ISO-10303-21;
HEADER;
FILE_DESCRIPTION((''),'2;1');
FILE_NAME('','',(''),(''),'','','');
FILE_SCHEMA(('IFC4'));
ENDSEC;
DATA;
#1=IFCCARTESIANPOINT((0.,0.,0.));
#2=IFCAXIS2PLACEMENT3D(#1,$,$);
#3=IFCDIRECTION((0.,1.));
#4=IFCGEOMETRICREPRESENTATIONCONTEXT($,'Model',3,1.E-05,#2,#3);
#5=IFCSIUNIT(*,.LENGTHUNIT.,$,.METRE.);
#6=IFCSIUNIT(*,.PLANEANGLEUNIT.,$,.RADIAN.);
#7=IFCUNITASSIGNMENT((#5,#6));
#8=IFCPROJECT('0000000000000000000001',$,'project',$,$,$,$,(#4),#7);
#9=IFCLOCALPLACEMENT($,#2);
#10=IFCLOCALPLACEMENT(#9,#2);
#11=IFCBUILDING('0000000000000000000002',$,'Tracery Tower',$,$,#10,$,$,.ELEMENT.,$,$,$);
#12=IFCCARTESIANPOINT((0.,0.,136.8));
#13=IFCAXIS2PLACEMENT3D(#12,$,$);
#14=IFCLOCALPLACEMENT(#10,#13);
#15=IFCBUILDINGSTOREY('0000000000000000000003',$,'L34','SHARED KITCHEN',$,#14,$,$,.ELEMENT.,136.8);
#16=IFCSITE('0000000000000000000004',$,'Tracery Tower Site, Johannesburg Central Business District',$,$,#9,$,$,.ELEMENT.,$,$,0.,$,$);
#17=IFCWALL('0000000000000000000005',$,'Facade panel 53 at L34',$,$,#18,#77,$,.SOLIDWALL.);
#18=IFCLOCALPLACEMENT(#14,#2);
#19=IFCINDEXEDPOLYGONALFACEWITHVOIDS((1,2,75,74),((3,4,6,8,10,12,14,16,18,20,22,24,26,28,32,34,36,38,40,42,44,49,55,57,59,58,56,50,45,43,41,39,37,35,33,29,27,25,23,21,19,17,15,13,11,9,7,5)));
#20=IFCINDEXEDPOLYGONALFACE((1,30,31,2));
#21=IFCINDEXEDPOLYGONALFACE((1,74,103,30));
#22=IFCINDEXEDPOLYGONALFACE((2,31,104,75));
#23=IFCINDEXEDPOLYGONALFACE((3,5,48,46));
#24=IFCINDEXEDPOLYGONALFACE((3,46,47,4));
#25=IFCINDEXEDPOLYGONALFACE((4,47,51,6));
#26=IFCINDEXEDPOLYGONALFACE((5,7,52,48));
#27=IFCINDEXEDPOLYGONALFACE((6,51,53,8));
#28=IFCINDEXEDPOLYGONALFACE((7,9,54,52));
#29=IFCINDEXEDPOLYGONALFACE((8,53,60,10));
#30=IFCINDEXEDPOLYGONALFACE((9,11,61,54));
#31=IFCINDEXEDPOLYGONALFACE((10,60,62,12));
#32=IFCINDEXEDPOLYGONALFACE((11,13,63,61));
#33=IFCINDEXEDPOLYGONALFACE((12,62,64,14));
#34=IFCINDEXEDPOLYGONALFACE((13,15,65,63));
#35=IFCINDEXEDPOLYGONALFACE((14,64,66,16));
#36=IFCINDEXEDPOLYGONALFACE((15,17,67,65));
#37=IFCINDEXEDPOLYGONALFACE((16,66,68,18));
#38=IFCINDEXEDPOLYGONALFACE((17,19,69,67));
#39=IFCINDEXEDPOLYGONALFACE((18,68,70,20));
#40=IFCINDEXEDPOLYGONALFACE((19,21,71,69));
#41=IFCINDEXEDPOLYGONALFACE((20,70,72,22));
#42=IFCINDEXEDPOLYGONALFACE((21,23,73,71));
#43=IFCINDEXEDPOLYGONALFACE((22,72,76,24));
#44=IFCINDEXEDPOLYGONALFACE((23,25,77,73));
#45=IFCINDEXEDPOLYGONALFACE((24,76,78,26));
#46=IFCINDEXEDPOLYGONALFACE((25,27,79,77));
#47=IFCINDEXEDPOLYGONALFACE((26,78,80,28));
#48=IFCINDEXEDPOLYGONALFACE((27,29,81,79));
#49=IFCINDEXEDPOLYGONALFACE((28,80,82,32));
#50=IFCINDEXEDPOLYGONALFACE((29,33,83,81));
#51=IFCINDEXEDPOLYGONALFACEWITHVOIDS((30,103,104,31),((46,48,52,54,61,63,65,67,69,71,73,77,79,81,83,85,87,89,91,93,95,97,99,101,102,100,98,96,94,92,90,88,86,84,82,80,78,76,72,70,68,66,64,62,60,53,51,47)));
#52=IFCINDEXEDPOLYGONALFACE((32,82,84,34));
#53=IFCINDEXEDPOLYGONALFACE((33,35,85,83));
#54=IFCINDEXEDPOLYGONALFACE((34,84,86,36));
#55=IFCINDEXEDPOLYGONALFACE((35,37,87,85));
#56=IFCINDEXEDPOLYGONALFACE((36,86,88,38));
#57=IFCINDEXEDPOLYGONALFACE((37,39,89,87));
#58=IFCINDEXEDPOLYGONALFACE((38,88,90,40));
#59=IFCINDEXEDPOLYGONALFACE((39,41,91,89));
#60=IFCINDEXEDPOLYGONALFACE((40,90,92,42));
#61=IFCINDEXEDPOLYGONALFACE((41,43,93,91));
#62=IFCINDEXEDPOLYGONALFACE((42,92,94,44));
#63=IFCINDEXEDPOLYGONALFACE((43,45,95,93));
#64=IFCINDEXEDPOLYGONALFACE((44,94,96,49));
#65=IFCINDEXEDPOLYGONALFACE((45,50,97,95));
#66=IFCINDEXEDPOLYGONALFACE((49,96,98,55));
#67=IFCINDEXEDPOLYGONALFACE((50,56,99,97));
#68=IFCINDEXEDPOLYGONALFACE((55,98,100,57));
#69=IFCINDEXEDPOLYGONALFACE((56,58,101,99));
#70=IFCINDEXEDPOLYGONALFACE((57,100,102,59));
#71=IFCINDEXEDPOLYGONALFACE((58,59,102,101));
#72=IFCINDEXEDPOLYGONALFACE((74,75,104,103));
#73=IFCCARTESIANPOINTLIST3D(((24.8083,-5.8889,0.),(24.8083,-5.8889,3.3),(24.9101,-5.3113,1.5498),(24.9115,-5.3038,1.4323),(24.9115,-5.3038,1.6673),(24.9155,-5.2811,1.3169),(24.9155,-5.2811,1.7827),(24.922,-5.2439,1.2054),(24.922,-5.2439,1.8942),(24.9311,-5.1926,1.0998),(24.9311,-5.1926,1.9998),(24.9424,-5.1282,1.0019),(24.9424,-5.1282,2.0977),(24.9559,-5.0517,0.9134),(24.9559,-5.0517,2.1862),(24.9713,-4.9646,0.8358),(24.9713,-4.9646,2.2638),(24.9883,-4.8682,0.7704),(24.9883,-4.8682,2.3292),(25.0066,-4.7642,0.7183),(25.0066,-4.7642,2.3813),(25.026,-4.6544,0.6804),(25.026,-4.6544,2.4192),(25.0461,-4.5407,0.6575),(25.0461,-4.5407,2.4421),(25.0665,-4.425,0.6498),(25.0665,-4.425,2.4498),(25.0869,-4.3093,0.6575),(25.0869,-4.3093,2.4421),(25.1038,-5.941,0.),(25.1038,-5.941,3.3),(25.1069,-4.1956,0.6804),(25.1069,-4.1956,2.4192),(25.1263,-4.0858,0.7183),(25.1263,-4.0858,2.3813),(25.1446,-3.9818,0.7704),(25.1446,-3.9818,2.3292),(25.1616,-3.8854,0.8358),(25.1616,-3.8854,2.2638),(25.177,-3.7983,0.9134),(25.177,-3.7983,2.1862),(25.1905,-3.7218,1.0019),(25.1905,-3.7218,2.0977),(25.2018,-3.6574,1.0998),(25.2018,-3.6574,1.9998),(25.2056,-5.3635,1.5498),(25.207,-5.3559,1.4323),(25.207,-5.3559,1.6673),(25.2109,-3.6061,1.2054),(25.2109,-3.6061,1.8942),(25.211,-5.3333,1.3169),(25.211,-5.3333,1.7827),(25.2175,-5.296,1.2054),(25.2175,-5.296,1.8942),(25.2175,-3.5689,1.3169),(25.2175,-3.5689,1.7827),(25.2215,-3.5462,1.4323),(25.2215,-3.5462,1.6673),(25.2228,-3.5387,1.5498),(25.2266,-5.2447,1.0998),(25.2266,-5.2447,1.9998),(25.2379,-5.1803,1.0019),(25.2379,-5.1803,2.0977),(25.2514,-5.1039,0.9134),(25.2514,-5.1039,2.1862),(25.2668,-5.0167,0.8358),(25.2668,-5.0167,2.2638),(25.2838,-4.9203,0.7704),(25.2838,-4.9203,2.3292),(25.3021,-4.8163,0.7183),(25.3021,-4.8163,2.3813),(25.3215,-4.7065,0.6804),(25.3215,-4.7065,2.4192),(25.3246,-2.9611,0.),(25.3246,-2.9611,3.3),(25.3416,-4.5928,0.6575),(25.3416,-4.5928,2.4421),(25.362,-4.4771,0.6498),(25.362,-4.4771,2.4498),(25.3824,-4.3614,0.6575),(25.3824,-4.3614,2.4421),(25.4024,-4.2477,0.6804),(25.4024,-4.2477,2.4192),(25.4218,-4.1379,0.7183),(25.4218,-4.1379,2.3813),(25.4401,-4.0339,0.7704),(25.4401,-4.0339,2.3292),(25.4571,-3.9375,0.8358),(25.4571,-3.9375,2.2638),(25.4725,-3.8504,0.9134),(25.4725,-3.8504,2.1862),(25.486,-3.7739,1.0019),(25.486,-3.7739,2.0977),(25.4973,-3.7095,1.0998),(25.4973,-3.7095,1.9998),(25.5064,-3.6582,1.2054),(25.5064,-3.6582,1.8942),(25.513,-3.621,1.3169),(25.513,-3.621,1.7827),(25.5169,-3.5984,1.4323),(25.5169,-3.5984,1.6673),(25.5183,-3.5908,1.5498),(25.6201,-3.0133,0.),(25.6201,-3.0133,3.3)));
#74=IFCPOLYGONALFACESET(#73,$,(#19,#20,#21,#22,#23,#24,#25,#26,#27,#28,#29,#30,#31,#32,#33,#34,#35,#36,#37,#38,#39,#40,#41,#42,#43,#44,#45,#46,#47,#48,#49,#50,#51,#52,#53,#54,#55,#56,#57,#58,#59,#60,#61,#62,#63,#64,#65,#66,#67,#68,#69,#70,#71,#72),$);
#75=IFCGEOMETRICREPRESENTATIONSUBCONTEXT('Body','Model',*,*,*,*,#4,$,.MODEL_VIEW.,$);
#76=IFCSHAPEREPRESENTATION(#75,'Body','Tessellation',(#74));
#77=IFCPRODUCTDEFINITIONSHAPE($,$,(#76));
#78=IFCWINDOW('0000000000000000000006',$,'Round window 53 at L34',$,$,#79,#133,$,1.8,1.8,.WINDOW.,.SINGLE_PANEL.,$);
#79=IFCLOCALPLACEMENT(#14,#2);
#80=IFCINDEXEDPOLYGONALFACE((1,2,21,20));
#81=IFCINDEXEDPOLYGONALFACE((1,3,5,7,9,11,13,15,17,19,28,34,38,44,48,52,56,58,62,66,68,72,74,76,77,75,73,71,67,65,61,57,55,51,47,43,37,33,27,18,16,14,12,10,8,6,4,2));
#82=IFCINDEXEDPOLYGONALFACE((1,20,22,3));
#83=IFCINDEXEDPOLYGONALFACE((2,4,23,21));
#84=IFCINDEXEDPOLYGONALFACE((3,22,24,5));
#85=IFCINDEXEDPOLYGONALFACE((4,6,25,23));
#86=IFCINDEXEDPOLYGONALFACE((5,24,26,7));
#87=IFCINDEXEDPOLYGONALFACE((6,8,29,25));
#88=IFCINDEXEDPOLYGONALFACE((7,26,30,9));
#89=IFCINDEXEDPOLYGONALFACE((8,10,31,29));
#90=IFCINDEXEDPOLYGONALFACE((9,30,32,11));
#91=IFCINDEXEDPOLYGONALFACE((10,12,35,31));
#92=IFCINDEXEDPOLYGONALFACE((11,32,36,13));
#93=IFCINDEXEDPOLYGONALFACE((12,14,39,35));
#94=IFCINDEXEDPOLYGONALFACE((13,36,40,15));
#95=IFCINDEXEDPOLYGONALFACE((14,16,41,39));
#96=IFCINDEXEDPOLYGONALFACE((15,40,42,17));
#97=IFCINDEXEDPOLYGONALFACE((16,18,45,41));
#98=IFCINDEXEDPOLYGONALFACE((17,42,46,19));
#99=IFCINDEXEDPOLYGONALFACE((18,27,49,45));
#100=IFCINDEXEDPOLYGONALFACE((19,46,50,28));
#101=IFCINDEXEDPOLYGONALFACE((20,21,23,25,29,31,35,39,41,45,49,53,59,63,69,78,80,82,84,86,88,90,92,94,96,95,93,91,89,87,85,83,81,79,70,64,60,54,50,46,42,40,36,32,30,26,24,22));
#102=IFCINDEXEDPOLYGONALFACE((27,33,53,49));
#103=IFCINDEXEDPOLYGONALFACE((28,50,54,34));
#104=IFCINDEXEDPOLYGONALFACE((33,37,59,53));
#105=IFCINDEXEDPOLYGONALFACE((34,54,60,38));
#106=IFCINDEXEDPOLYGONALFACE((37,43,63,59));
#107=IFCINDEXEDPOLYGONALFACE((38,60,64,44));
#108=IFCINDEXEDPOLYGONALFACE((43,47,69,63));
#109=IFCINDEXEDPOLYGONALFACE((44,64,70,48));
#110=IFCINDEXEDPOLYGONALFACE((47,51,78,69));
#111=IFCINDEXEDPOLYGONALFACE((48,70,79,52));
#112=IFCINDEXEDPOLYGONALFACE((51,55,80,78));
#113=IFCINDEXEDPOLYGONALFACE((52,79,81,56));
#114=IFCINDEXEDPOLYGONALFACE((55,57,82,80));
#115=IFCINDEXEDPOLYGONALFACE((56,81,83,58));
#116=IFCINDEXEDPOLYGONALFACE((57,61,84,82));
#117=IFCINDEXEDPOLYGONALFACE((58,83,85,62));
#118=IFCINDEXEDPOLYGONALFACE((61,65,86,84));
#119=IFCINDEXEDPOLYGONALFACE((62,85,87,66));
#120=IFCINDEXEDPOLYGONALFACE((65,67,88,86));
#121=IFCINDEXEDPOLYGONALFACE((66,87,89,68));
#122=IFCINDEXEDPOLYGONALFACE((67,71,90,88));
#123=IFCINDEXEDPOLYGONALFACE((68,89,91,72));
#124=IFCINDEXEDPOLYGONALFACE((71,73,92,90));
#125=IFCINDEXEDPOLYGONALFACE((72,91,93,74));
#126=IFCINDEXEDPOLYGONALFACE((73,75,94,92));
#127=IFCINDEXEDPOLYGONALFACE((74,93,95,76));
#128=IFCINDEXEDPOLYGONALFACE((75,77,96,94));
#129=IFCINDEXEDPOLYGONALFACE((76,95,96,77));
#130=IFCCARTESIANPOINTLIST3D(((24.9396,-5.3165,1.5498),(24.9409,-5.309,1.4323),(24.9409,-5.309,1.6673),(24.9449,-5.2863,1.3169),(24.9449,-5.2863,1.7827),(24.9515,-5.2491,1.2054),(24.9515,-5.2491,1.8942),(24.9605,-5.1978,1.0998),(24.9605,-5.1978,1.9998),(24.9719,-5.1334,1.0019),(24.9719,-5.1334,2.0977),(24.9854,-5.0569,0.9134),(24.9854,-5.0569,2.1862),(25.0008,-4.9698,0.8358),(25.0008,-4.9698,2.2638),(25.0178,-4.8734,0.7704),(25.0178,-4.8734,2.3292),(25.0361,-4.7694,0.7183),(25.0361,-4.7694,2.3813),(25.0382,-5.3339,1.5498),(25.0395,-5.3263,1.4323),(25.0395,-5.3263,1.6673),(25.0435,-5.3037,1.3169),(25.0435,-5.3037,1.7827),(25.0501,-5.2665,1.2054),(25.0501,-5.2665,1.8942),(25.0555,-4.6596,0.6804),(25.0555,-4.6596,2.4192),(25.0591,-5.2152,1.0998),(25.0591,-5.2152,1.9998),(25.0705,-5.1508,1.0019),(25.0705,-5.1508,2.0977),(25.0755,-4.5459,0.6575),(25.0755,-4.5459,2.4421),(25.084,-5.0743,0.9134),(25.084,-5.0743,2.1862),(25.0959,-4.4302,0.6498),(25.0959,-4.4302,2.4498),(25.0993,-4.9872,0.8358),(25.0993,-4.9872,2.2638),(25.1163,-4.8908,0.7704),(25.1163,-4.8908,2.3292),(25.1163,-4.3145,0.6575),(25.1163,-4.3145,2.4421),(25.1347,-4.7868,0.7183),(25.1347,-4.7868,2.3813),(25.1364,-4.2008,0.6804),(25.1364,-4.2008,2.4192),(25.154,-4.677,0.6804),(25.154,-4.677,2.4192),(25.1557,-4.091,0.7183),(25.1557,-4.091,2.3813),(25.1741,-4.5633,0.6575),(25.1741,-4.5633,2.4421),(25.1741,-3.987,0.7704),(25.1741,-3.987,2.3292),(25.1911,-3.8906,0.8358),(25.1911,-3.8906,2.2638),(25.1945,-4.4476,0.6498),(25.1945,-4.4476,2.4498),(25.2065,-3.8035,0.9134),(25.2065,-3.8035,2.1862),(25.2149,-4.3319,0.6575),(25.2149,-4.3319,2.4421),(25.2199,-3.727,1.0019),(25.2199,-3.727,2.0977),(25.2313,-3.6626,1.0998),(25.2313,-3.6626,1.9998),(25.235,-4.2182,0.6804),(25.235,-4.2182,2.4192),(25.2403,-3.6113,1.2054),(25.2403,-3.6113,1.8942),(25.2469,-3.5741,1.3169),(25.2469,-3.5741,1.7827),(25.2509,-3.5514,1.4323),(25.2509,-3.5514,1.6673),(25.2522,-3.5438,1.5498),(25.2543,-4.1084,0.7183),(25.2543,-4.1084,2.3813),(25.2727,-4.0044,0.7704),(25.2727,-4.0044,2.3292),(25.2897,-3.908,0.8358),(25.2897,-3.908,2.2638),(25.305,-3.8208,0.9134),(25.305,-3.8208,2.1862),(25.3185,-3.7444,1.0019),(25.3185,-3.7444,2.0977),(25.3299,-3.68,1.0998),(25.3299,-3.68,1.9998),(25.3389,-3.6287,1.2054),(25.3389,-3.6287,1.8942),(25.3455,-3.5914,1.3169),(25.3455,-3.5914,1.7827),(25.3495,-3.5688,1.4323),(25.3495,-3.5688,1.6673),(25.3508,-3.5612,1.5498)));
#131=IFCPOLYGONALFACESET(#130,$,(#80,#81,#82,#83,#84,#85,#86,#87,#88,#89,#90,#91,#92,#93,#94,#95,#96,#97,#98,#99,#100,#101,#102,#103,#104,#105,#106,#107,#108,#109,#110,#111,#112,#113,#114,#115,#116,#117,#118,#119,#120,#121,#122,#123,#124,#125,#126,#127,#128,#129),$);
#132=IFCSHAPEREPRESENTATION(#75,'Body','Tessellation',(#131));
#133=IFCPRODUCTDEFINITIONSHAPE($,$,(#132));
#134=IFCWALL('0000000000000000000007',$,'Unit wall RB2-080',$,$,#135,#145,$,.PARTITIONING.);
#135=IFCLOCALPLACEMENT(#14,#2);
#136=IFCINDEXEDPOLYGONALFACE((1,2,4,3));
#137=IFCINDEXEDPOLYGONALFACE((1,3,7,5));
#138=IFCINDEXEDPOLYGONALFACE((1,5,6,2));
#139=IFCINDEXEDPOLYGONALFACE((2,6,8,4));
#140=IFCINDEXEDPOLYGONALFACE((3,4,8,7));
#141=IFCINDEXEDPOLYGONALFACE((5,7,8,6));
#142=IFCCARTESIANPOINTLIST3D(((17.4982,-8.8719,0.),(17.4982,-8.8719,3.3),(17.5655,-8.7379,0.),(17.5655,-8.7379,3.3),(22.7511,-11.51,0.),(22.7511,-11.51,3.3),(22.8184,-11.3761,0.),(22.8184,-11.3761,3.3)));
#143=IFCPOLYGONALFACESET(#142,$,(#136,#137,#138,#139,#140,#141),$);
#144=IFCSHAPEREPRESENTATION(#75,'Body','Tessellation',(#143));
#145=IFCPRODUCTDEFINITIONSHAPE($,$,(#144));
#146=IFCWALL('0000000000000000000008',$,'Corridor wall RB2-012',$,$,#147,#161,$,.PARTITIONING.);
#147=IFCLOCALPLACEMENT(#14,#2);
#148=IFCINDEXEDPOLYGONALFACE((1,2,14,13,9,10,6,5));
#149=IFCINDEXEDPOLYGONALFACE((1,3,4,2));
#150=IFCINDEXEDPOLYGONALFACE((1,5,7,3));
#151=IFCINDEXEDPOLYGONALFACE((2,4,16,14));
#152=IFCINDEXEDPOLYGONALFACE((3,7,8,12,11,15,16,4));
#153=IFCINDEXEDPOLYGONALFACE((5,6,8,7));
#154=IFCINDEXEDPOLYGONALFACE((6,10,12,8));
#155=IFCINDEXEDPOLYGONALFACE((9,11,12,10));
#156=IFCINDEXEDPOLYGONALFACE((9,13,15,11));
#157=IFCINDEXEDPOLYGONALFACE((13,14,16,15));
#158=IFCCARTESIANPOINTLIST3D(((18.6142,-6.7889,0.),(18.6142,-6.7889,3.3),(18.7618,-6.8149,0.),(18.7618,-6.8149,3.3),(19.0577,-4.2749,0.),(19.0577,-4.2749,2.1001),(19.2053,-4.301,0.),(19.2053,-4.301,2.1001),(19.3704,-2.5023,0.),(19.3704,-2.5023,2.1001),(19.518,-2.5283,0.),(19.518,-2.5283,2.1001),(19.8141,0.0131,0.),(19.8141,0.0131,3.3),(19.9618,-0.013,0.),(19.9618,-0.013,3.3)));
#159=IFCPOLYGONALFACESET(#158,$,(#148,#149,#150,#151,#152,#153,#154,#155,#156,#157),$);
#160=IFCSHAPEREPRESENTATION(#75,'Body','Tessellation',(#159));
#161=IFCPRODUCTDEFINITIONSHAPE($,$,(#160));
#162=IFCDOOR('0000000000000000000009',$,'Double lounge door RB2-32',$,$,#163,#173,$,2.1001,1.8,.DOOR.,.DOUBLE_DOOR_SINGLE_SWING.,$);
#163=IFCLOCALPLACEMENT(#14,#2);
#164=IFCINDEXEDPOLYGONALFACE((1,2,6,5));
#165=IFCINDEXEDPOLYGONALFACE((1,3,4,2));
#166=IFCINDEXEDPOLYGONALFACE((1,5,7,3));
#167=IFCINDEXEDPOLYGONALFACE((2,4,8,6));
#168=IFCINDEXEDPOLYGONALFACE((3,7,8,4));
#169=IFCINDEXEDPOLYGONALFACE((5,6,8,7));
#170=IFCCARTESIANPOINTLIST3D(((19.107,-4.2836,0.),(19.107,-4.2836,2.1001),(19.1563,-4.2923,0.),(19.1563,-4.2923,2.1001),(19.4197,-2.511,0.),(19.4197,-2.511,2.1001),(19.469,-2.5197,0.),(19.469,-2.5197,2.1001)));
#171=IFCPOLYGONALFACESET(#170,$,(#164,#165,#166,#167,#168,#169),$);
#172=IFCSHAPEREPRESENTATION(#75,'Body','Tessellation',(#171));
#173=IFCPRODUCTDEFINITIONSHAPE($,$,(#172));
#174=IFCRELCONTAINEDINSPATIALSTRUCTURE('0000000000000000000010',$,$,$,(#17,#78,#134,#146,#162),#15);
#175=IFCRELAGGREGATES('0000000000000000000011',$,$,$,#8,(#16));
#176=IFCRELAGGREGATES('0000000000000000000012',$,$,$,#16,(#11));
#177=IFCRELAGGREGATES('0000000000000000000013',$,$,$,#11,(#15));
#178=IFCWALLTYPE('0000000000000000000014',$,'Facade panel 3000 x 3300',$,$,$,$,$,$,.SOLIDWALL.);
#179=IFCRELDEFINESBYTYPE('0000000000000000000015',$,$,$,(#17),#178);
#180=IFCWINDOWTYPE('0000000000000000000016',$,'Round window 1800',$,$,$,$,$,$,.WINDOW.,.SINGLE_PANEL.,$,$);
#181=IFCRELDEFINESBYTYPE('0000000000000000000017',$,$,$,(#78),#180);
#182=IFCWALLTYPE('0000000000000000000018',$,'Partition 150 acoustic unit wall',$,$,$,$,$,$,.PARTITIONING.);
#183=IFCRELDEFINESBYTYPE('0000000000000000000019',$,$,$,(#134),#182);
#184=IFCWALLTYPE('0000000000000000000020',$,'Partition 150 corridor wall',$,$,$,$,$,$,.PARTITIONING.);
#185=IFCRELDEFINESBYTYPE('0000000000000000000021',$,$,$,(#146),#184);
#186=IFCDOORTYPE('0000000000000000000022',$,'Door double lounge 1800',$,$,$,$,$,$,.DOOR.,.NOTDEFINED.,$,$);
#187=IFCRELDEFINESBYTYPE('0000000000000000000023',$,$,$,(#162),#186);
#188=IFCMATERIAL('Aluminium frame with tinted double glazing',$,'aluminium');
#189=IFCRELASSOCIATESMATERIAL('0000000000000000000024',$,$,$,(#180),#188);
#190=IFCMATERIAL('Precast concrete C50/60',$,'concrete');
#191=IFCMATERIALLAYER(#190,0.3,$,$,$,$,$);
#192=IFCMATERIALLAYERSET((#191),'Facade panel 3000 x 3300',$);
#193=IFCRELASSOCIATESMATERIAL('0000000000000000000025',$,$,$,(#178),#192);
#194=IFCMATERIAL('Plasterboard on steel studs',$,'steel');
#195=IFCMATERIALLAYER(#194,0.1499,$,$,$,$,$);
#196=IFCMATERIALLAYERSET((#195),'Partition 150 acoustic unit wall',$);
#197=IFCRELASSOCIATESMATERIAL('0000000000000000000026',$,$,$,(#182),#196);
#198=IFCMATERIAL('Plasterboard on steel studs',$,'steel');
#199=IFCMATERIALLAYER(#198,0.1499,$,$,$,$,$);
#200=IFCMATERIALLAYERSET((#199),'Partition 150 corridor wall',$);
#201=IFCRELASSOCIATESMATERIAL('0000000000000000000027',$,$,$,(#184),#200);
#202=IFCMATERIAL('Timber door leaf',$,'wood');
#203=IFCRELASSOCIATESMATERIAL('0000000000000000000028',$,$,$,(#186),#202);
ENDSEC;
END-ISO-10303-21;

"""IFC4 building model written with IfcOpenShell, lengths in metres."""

from ifc_helpers import new_model, si_unit, direction, frame, frame_2d, origin, origin_2d, place, context, subcontext, project, spatial, rectangle, circle, extrude, material, layer, layer_set, type_object, element, fill, save


model = new_model("IFC4")

# Units and contexts
model_context = context("Model", 3, precision=1e-05, world=origin(), true_north=direction((0.0, 1.0)))
body_context = subcontext(model_context, "Body", "Model", "MODEL_VIEW")
ifc_project = project(units=[si_unit("LENGTHUNIT", "METRE"), si_unit("PLANEANGLEUNIT", "RADIAN")], contexts=[model_context])

# Site, building, storey
site_placement = place(None, origin())
site = spatial("IfcSite", under=ifc_project, at=site_placement, Name="Tracery Tower Site, Johannesburg Central Business District", CompositionType="ELEMENT", RefElevation=0.0)
building_placement = place(site_placement, origin())
building = spatial("IfcBuilding", under=site, at=building_placement, Name="Tracery Tower", CompositionType="ELEMENT")
storey_placement = place(building_placement, frame((0.0, 0.0, 136.8)))
storey = spatial("IfcBuildingStorey", under=building, at=storey_placement, Name="L34", Description="SHARED KITCHEN", CompositionType="ELEMENT", Elevation=136.8)

# Wall, opening, window
ifc_material_1 = material(Name="Aluminium frame with tinted double glazing", Category="aluminium")
window_type = type_object("IfcWindowType", Name="Round window 1800", PartitioningType="SINGLE_PANEL", PredefinedType="WINDOW", material=ifc_material_1)
ifc_material_2 = material(Name="Precast concrete C50/60", Category="concrete")
ifc_layer_1 = layer(ifc_material_2, 0.3)
ifc_layer_set_1 = layer_set([ifc_layer_1], Name="Facade panel 3000 x 3300")
wall_type_1 = type_object("IfcWallType", Name="Facade panel 3000 x 3300", PredefinedType="SOLIDWALL", material=ifc_layer_set_1)
wall_1_placement = place(storey_placement, frame((24.9561, -5.9148, 0.0), z_axis=(0.0, 0.0, 1.0), x_axis=(0.173687, 0.984801, 0.0)))
wall_1 = element("IfcWall", 1, at=wall_1_placement, inside=storey, type_object=wall_type_1, Name="Facade panel 53 at L34", PredefinedType="SOLIDWALL", context=body_context, shape_type="SweptSolid", body=[
    extrude(rectangle(XDim=2.9729, YDim=0.3, at=frame_2d((1.4863, 0.0))), origin(), (0.0, 0.0, 1.0), 3.3),
])
opening_1_placement = place(wall_1_placement, frame((1.4863, 0.0, 1.5498)))
opening_1 = element("IfcOpeningElement", 2, at=opening_1_placement, cuts=wall_1, PredefinedType="OPENING", context=body_context, shape_type="SweptSolid", body=[
    extrude(circle(Radius=0.9, at=origin_2d()), frame((0.0, 0.1599, 0.0), z_axis=(0.0, -1.0, 0.0), x_axis=(1.0, 0.0, 0.0)), (0.0, 0.0, 1.0), 0.3201),
])
window_1_placement = place(opening_1_placement, origin())
window_1 = element("IfcWindow", 3, at=window_1_placement, inside=storey, type_object=window_type, Name="Round window 53 at L34", OverallHeight=1.8, OverallWidth=1.8, PartitioningType="SINGLE_PANEL", PredefinedType="WINDOW", context=body_context, shape_type="SweptSolid", body=[
    extrude(circle(Radius=0.9, at=origin_2d()), frame((0.0, 0.1201, 0.0), z_axis=(0.0, -1.0, 0.0), x_axis=(1.0, 0.0, 0.0)), (0.0, 0.0, 1.0), 0.1001),
])
fill(opening_1, window_1)

# Wall
ifc_material_3 = material(Name="Plasterboard on steel studs", Category="steel")
ifc_layer_2 = layer(ifc_material_3, 0.1499)
ifc_layer_set_2 = layer_set([ifc_layer_2], Name="Partition 150 acoustic unit wall")
wall_type_2 = type_object("IfcWallType", Name="Partition 150 acoustic unit wall", PredefinedType="PARTITIONING", material=ifc_layer_set_2)
wall_2_placement = place(storey_placement, frame((17.532, -8.8049, 0.0), z_axis=(0.0, 0.0, 1.0), x_axis=(0.893628, -0.448808, 0.0)))
element("IfcWall", 4, at=wall_2_placement, inside=storey, type_object=wall_type_2, Name="Unit wall RB2-080", PredefinedType="PARTITIONING", context=body_context, shape_type="SweptSolid", body=[
    extrude(rectangle(XDim=5.8782, YDim=0.1499, at=frame_2d((2.939, 0.0))), origin(), (0.0, 0.0, 1.0), 3.3),
])

# Wall, opening, door
ifc_material_4 = material(Name="Plasterboard on steel studs", Category="steel")
ifc_layer_3 = layer(ifc_material_4, 0.1499)
ifc_layer_set_3 = layer_set([ifc_layer_3], Name="Partition 150 corridor wall")
wall_type_3 = type_object("IfcWallType", Name="Partition 150 corridor wall", PredefinedType="PARTITIONING", material=ifc_layer_set_3)
wall_3_placement = place(storey_placement, frame((18.688, -6.802, 0.0), z_axis=(0.0, 0.0, 1.0), x_axis=(0.173729, 0.984794, 0.0)))
wall_3 = element("IfcWall", 5, at=wall_3_placement, inside=storey, type_object=wall_type_3, Name="Corridor wall RB2-012", PredefinedType="PARTITIONING", context=body_context, shape_type="SweptSolid", body=[
    extrude(rectangle(XDim=6.907, YDim=0.1499, at=frame_2d((3.4536, 0.0))), origin(), (0.0, 0.0, 1.0), 3.3),
])
opening_2_placement = place(wall_3_placement, frame((2.553, 0.0, 0.0)))
opening_2 = element("IfcOpeningElement", 6, at=opening_2_placement, cuts=wall_3, PredefinedType="OPENING", context=body_context, shape_type="SweptSolid", body=[
    extrude(rectangle(XDim=1.8, YDim=2.1001, at=frame_2d((0.8999, 1.05))), frame((0.0, 0.075, 0.0), z_axis=(0.0, -1.0, 0.0), x_axis=(1.0, 0.0, 0.0)), (0.0, 0.0, 1.0), 0.1499),
])
ifc_material_5 = material(Name="Timber door leaf", Category="wood")
door_type_1 = type_object("IfcDoorType", Name="Door double lounge 1800", OperationType="NOTDEFINED", PredefinedType="DOOR", material=ifc_material_5)
door_1_placement = place(opening_2_placement, origin())
door_1 = element("IfcDoor", 7, at=door_1_placement, inside=storey, type_object=door_type_1, Name="Double lounge door RB2-32", OperationType="DOUBLE_DOOR_SINGLE_SWING", OverallHeight=2.1001, OverallWidth=1.8, PredefinedType="DOOR", context=body_context, shape_type="SweptSolid", body=[
    extrude(rectangle(XDim=1.8, YDim=2.1001, at=frame_2d((0.8999, 1.05))), frame((0.0, 0.0249, 0.0), z_axis=(0.0, -1.0, 0.0), x_axis=(1.0, 0.0, 0.0)), (0.0, 0.0, 1.0), 0.05),
])
fill(opening_2, door_1)

save(model, "model.ifc")
